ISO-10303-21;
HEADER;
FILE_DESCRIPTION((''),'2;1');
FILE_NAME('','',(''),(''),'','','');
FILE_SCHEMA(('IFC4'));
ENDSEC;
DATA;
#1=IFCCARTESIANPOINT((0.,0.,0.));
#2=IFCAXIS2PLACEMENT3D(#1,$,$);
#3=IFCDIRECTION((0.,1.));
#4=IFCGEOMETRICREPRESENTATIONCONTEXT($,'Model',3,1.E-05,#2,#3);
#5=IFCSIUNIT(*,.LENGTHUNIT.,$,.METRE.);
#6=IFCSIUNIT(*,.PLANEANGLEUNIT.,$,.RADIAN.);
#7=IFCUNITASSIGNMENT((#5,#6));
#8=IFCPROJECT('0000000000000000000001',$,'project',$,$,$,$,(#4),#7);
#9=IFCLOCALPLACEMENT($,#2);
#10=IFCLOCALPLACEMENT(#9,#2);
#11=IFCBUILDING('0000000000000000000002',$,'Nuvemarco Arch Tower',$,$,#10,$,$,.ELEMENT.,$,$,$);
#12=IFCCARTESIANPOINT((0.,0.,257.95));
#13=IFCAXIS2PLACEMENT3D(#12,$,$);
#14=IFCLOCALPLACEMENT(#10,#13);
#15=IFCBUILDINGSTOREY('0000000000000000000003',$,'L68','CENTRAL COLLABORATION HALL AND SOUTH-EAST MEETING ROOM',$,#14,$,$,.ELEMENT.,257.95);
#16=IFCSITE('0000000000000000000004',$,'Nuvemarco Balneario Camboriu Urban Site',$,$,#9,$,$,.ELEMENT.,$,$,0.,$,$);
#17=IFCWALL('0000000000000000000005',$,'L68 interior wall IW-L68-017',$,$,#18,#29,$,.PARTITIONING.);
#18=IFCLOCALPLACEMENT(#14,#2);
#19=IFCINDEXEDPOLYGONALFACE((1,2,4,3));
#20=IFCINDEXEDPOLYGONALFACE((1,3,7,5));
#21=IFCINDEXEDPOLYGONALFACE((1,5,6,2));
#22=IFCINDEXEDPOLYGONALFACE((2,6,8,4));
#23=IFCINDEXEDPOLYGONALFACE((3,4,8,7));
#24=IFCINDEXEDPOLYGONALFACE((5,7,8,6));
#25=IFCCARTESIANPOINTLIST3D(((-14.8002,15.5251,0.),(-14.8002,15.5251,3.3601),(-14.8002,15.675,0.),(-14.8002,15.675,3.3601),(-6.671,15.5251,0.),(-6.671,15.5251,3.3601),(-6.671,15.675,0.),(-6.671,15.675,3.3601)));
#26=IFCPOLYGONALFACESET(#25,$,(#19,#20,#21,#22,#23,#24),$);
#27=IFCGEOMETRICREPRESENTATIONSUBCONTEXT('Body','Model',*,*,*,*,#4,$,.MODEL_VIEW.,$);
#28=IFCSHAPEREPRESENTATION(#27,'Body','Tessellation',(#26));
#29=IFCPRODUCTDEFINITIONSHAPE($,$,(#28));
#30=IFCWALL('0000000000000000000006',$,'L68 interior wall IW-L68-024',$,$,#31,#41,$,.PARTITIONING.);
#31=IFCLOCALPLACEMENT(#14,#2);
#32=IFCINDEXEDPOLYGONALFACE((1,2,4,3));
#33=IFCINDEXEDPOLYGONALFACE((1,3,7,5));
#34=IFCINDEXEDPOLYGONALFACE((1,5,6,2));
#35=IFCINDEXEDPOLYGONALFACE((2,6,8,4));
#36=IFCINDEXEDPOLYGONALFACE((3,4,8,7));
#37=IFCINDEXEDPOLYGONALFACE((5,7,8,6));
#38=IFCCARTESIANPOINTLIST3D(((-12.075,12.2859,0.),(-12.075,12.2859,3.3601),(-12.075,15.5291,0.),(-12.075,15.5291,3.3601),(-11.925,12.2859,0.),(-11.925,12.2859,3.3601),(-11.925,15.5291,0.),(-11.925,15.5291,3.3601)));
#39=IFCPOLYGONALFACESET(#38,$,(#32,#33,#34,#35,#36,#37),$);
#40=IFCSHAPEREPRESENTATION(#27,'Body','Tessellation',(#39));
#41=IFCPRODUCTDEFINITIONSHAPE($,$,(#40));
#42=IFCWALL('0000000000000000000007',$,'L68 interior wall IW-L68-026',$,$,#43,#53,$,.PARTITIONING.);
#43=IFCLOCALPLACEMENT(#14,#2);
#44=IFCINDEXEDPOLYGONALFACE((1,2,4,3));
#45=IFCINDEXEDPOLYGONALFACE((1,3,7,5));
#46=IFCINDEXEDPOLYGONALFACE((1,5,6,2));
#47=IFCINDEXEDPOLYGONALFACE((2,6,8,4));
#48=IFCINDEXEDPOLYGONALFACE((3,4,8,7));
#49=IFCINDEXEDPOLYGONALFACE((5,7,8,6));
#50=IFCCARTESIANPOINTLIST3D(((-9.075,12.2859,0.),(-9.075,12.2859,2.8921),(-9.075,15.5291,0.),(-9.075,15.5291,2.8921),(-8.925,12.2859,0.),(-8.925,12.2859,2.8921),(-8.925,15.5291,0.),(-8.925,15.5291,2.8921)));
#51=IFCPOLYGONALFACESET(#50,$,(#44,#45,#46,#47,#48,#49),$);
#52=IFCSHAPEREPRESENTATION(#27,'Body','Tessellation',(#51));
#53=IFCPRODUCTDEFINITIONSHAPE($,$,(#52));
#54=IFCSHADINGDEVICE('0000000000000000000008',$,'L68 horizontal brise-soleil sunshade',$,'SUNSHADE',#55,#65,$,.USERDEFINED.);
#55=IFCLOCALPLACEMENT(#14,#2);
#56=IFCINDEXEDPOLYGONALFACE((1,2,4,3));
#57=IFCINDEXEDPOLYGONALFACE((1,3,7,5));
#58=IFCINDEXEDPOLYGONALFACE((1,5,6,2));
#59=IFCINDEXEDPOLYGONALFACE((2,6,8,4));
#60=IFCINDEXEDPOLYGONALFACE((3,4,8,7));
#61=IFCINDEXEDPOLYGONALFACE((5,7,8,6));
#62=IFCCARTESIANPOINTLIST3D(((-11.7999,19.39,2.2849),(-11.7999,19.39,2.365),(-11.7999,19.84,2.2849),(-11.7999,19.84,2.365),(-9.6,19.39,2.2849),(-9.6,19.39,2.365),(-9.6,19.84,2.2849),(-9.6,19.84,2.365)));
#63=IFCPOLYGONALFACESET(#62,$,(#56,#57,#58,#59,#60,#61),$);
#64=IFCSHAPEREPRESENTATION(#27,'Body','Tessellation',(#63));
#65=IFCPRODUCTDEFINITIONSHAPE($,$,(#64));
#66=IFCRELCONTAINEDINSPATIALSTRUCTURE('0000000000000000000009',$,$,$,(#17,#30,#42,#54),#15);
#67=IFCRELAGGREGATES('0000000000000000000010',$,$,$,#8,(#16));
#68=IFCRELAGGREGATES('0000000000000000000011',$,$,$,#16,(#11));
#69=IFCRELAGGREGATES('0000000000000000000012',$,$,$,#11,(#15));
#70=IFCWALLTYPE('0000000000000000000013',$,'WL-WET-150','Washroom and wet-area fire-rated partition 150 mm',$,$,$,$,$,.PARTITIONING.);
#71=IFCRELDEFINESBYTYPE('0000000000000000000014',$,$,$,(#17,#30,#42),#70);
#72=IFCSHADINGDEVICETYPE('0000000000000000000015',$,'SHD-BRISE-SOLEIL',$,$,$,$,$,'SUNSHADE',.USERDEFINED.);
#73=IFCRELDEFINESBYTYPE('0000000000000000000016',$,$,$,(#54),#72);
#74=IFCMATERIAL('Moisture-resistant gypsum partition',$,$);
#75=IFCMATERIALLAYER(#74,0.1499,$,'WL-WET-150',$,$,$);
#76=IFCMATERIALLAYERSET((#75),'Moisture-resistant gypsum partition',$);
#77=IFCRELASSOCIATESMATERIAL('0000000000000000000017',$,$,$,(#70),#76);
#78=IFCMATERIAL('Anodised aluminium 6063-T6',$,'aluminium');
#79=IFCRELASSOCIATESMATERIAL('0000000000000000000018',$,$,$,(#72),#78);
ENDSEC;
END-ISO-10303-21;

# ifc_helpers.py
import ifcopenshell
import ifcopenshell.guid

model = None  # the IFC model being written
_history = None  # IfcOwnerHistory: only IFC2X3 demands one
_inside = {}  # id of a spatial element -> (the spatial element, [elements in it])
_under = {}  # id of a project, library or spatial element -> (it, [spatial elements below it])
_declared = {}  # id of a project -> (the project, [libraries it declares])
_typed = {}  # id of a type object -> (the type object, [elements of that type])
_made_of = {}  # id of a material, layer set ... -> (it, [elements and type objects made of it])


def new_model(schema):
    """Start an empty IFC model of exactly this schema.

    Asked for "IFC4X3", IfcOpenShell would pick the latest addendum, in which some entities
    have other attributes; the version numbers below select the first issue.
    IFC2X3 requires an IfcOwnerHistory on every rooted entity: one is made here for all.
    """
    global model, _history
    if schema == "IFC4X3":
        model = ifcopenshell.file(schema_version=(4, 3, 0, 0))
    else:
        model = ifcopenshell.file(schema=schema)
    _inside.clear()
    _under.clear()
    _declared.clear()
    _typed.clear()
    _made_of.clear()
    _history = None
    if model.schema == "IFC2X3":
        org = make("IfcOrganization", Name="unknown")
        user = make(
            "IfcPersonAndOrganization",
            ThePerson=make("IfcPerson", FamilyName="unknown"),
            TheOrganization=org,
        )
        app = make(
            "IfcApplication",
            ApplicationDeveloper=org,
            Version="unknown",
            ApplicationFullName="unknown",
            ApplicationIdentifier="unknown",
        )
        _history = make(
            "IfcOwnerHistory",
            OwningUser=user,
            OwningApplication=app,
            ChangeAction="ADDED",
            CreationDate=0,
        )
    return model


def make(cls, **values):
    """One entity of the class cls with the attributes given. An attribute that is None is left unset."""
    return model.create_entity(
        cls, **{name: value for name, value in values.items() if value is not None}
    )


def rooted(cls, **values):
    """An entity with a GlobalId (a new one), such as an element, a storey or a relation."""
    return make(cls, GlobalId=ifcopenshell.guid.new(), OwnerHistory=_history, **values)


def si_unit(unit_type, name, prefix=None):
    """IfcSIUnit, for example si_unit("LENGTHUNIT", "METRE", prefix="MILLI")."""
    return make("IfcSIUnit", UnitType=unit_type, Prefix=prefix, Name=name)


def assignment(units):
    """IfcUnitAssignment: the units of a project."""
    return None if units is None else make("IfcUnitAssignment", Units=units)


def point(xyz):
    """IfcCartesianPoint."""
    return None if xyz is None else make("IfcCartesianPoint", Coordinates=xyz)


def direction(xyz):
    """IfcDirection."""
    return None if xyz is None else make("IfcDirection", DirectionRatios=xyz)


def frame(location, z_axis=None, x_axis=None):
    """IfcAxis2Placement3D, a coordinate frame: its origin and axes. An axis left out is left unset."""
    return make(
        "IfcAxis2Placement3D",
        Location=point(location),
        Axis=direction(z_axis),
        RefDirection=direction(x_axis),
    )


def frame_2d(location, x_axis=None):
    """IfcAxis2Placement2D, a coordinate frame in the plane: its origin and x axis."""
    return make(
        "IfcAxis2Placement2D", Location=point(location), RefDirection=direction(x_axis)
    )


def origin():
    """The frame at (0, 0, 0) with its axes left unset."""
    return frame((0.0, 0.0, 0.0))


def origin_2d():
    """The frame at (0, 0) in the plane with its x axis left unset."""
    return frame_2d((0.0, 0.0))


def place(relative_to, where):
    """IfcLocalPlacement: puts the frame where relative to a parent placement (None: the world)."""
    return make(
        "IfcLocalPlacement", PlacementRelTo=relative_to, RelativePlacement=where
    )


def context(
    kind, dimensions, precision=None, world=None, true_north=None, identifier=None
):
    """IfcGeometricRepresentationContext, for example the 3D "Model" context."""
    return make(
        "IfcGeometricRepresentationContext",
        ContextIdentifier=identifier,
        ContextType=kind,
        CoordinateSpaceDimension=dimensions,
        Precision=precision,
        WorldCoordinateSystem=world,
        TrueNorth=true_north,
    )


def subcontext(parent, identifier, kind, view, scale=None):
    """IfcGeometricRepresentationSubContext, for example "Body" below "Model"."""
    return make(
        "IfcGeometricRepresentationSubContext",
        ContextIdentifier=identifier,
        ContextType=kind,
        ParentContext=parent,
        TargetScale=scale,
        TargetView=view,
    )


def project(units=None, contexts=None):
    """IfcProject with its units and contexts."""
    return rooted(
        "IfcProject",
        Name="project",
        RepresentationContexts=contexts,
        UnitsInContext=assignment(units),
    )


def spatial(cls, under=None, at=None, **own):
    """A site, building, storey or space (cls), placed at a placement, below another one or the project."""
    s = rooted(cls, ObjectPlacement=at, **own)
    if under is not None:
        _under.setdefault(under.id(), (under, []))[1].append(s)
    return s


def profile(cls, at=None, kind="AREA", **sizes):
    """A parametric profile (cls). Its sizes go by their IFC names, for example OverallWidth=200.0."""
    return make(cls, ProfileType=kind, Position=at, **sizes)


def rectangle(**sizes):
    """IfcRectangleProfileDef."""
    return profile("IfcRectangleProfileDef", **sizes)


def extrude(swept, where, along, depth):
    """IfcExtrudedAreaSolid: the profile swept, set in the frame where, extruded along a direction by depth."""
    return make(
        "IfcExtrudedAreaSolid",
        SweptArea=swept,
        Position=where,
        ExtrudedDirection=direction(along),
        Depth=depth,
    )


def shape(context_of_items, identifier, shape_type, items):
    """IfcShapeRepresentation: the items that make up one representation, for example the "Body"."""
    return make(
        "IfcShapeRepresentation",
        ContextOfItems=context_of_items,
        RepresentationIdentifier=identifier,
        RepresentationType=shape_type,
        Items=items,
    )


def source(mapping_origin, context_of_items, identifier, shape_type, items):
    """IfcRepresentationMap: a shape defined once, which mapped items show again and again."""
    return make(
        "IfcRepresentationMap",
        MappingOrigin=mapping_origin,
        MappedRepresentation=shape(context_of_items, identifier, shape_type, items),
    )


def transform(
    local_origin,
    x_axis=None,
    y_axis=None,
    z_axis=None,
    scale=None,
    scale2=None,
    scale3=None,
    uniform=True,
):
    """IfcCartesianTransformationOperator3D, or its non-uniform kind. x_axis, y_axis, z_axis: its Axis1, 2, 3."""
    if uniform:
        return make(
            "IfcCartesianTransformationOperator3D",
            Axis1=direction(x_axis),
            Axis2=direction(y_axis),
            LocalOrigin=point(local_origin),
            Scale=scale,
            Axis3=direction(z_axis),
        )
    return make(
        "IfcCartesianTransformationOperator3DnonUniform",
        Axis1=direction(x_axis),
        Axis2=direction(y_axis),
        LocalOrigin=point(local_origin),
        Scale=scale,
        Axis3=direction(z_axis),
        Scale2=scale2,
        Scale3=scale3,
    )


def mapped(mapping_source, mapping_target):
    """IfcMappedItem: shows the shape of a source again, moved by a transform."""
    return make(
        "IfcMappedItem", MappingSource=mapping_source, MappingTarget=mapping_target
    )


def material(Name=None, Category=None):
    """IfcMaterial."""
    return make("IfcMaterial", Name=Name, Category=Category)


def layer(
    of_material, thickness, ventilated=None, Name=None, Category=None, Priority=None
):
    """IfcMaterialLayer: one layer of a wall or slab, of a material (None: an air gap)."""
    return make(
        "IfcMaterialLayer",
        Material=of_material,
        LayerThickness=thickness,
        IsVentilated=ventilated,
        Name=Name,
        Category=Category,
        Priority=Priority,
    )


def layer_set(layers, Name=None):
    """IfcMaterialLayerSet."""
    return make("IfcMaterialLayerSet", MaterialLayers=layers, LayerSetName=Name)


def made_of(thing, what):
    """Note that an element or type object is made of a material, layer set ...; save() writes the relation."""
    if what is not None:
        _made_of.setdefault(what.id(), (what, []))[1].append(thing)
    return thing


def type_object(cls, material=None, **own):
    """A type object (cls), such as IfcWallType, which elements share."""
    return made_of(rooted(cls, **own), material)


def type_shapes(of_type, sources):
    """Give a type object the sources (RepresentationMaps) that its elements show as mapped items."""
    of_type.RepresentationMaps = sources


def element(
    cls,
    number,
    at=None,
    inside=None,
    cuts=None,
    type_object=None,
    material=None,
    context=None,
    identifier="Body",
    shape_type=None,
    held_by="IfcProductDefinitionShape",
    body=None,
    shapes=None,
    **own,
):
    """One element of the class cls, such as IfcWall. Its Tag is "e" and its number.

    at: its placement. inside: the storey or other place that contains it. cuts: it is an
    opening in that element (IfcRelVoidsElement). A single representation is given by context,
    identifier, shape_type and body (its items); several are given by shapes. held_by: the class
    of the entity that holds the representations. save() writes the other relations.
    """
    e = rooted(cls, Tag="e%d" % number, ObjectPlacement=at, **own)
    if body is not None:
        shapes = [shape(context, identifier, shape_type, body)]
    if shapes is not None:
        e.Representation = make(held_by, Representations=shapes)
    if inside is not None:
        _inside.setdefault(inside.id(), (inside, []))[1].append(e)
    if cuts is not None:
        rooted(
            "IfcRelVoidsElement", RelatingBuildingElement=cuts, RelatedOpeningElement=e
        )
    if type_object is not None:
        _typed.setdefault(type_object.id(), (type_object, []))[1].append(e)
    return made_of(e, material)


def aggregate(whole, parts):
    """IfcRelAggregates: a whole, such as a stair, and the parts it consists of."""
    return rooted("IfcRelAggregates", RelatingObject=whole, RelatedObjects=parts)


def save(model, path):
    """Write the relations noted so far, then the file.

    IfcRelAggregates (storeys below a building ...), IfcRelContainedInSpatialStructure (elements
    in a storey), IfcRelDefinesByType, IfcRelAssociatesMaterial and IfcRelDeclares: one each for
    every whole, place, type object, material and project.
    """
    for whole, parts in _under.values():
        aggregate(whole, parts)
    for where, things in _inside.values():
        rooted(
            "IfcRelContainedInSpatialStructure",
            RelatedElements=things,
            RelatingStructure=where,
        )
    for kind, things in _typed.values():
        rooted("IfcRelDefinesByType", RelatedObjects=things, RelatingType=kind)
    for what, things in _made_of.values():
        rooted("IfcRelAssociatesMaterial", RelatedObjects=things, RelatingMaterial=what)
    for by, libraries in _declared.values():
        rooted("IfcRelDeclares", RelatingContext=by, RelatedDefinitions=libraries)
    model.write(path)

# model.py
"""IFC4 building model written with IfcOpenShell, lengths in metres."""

from ifc_helpers import new_model, si_unit, direction, frame, frame_2d, origin, origin_2d, place, context, subcontext, project, spatial, rectangle, extrude, source, transform, mapped, material, layer, layer_set, type_object, type_shapes, element, save


model = new_model("IFC4")

# Units and contexts
model_context = context("Model", 3, precision=1e-05, world=origin(), true_north=direction((0.0, 1.0)))
body_context = subcontext(model_context, "Body", "Model", "MODEL_VIEW")
ifc_project = project(units=[si_unit("LENGTHUNIT", "METRE"), si_unit("PLANEANGLEUNIT", "RADIAN")], contexts=[model_context])

# Site, building, storey
site_placement = place(None, origin())
site = spatial("IfcSite", under=ifc_project, at=site_placement, Name="Nuvemarco Balneario Camboriu Urban Site", CompositionType="ELEMENT", RefElevation=0.0)
building_placement = place(site_placement, origin())
building = spatial("IfcBuilding", under=site, at=building_placement, Name="Nuvemarco Arch Tower", CompositionType="ELEMENT")
storey_placement = place(building_placement, frame((0.0, 0.0, 257.95)))
storey = spatial("IfcBuildingStorey", under=building, at=storey_placement, Name="L68", Description="CENTRAL COLLABORATION HALL AND SOUTH-EAST MEETING ROOM", CompositionType="ELEMENT", Elevation=257.95)

# Walls
ifc_material_1 = material(Name="Moisture-resistant gypsum partition")
ifc_layer_1 = layer(ifc_material_1, 0.1499, Name="WL-WET-150")
ifc_layer_set_1 = layer_set([ifc_layer_1], Name="Moisture-resistant gypsum partition")
wall_type_1 = type_object("IfcWallType", Name="WL-WET-150", Description="Washroom and wet-area fire-rated partition 150 mm", PredefinedType="PARTITIONING", material=ifc_layer_set_1)
wall_1_placement = place(storey_placement, frame((-14.8, 15.6001, 0.0), z_axis=(0.0, 0.0, 1.0), x_axis=(1.0, 0.0, 0.0)))
element("IfcWall", 1, at=wall_1_placement, inside=storey, type_object=wall_type_1, Name="L68 interior wall IW-L68-017", PredefinedType="PARTITIONING", context=body_context, shape_type="SweptSolid", body=[
    extrude(rectangle(XDim=8.1292, YDim=0.1499, at=frame_2d((4.0645, 0.0))), origin(), (0.0, 0.0, 1.0), 3.3601),
])
wall_2_placement = place(storey_placement, frame((-12.0, 12.2859, 0.0), z_axis=(0.0, 0.0, 1.0), x_axis=(0.0, 1.0, 0.0)))
element("IfcWall", 2, at=wall_2_placement, inside=storey, type_object=wall_type_1, Name="L68 interior wall IW-L68-024", PredefinedType="PARTITIONING", context=body_context, shape_type="SweptSolid", body=[
    extrude(rectangle(XDim=3.2432, YDim=0.1499, at=frame_2d((1.6216, 0.0))), origin(), (0.0, 0.0, 1.0), 3.3601),
])
wall_3_placement = place(storey_placement, frame((-9.0, 12.2859, 0.0), z_axis=(0.0, 0.0, 1.0), x_axis=(0.0, 1.0, 0.0)))
element("IfcWall", 3, at=wall_3_placement, inside=storey, type_object=wall_type_1, Name="L68 interior wall IW-L68-026", PredefinedType="PARTITIONING", context=body_context, shape_type="SweptSolid", body=[
    extrude(rectangle(XDim=3.2432, YDim=0.1499, at=frame_2d((1.6216, 0.0))), origin(), (0.0, 0.0, 1.0), 2.8921),
])

# Shading device
ifc_material_2 = material(Name="Anodised aluminium 6063-T6", Category="aluminium")
shading_device_type = type_object("IfcShadingDeviceType", Name="SHD-BRISE-SOLEIL", ElementType="SUNSHADE", PredefinedType="USERDEFINED", material=ifc_material_2)
shared_shape_1 = source(origin(), body_context, "Body", "SweptSolid", [
    extrude(rectangle(XDim=2.2, YDim=0.45, at=origin_2d()), origin(), (0.0, 0.0, 1.0), 0.0801),
])
type_shapes(shading_device_type, [shared_shape_1])
shading_device_placement = place(storey_placement, frame((-10.7, 19.615, 2.2849), z_axis=(0.0, 0.0, 1.0), x_axis=(1.0, 0.0, 0.0)))
element("IfcShadingDevice", 4, at=shading_device_placement, inside=storey, type_object=shading_device_type, Name="L68 horizontal brise-soleil sunshade", ObjectType="SUNSHADE", PredefinedType="USERDEFINED", context=body_context, shape_type="MappedRepresentation", body=[
    mapped(shared_shape_1, transform((0.0, 0.0, 0.0), scale=1.0)),
])

save(model, "model.ifc")
